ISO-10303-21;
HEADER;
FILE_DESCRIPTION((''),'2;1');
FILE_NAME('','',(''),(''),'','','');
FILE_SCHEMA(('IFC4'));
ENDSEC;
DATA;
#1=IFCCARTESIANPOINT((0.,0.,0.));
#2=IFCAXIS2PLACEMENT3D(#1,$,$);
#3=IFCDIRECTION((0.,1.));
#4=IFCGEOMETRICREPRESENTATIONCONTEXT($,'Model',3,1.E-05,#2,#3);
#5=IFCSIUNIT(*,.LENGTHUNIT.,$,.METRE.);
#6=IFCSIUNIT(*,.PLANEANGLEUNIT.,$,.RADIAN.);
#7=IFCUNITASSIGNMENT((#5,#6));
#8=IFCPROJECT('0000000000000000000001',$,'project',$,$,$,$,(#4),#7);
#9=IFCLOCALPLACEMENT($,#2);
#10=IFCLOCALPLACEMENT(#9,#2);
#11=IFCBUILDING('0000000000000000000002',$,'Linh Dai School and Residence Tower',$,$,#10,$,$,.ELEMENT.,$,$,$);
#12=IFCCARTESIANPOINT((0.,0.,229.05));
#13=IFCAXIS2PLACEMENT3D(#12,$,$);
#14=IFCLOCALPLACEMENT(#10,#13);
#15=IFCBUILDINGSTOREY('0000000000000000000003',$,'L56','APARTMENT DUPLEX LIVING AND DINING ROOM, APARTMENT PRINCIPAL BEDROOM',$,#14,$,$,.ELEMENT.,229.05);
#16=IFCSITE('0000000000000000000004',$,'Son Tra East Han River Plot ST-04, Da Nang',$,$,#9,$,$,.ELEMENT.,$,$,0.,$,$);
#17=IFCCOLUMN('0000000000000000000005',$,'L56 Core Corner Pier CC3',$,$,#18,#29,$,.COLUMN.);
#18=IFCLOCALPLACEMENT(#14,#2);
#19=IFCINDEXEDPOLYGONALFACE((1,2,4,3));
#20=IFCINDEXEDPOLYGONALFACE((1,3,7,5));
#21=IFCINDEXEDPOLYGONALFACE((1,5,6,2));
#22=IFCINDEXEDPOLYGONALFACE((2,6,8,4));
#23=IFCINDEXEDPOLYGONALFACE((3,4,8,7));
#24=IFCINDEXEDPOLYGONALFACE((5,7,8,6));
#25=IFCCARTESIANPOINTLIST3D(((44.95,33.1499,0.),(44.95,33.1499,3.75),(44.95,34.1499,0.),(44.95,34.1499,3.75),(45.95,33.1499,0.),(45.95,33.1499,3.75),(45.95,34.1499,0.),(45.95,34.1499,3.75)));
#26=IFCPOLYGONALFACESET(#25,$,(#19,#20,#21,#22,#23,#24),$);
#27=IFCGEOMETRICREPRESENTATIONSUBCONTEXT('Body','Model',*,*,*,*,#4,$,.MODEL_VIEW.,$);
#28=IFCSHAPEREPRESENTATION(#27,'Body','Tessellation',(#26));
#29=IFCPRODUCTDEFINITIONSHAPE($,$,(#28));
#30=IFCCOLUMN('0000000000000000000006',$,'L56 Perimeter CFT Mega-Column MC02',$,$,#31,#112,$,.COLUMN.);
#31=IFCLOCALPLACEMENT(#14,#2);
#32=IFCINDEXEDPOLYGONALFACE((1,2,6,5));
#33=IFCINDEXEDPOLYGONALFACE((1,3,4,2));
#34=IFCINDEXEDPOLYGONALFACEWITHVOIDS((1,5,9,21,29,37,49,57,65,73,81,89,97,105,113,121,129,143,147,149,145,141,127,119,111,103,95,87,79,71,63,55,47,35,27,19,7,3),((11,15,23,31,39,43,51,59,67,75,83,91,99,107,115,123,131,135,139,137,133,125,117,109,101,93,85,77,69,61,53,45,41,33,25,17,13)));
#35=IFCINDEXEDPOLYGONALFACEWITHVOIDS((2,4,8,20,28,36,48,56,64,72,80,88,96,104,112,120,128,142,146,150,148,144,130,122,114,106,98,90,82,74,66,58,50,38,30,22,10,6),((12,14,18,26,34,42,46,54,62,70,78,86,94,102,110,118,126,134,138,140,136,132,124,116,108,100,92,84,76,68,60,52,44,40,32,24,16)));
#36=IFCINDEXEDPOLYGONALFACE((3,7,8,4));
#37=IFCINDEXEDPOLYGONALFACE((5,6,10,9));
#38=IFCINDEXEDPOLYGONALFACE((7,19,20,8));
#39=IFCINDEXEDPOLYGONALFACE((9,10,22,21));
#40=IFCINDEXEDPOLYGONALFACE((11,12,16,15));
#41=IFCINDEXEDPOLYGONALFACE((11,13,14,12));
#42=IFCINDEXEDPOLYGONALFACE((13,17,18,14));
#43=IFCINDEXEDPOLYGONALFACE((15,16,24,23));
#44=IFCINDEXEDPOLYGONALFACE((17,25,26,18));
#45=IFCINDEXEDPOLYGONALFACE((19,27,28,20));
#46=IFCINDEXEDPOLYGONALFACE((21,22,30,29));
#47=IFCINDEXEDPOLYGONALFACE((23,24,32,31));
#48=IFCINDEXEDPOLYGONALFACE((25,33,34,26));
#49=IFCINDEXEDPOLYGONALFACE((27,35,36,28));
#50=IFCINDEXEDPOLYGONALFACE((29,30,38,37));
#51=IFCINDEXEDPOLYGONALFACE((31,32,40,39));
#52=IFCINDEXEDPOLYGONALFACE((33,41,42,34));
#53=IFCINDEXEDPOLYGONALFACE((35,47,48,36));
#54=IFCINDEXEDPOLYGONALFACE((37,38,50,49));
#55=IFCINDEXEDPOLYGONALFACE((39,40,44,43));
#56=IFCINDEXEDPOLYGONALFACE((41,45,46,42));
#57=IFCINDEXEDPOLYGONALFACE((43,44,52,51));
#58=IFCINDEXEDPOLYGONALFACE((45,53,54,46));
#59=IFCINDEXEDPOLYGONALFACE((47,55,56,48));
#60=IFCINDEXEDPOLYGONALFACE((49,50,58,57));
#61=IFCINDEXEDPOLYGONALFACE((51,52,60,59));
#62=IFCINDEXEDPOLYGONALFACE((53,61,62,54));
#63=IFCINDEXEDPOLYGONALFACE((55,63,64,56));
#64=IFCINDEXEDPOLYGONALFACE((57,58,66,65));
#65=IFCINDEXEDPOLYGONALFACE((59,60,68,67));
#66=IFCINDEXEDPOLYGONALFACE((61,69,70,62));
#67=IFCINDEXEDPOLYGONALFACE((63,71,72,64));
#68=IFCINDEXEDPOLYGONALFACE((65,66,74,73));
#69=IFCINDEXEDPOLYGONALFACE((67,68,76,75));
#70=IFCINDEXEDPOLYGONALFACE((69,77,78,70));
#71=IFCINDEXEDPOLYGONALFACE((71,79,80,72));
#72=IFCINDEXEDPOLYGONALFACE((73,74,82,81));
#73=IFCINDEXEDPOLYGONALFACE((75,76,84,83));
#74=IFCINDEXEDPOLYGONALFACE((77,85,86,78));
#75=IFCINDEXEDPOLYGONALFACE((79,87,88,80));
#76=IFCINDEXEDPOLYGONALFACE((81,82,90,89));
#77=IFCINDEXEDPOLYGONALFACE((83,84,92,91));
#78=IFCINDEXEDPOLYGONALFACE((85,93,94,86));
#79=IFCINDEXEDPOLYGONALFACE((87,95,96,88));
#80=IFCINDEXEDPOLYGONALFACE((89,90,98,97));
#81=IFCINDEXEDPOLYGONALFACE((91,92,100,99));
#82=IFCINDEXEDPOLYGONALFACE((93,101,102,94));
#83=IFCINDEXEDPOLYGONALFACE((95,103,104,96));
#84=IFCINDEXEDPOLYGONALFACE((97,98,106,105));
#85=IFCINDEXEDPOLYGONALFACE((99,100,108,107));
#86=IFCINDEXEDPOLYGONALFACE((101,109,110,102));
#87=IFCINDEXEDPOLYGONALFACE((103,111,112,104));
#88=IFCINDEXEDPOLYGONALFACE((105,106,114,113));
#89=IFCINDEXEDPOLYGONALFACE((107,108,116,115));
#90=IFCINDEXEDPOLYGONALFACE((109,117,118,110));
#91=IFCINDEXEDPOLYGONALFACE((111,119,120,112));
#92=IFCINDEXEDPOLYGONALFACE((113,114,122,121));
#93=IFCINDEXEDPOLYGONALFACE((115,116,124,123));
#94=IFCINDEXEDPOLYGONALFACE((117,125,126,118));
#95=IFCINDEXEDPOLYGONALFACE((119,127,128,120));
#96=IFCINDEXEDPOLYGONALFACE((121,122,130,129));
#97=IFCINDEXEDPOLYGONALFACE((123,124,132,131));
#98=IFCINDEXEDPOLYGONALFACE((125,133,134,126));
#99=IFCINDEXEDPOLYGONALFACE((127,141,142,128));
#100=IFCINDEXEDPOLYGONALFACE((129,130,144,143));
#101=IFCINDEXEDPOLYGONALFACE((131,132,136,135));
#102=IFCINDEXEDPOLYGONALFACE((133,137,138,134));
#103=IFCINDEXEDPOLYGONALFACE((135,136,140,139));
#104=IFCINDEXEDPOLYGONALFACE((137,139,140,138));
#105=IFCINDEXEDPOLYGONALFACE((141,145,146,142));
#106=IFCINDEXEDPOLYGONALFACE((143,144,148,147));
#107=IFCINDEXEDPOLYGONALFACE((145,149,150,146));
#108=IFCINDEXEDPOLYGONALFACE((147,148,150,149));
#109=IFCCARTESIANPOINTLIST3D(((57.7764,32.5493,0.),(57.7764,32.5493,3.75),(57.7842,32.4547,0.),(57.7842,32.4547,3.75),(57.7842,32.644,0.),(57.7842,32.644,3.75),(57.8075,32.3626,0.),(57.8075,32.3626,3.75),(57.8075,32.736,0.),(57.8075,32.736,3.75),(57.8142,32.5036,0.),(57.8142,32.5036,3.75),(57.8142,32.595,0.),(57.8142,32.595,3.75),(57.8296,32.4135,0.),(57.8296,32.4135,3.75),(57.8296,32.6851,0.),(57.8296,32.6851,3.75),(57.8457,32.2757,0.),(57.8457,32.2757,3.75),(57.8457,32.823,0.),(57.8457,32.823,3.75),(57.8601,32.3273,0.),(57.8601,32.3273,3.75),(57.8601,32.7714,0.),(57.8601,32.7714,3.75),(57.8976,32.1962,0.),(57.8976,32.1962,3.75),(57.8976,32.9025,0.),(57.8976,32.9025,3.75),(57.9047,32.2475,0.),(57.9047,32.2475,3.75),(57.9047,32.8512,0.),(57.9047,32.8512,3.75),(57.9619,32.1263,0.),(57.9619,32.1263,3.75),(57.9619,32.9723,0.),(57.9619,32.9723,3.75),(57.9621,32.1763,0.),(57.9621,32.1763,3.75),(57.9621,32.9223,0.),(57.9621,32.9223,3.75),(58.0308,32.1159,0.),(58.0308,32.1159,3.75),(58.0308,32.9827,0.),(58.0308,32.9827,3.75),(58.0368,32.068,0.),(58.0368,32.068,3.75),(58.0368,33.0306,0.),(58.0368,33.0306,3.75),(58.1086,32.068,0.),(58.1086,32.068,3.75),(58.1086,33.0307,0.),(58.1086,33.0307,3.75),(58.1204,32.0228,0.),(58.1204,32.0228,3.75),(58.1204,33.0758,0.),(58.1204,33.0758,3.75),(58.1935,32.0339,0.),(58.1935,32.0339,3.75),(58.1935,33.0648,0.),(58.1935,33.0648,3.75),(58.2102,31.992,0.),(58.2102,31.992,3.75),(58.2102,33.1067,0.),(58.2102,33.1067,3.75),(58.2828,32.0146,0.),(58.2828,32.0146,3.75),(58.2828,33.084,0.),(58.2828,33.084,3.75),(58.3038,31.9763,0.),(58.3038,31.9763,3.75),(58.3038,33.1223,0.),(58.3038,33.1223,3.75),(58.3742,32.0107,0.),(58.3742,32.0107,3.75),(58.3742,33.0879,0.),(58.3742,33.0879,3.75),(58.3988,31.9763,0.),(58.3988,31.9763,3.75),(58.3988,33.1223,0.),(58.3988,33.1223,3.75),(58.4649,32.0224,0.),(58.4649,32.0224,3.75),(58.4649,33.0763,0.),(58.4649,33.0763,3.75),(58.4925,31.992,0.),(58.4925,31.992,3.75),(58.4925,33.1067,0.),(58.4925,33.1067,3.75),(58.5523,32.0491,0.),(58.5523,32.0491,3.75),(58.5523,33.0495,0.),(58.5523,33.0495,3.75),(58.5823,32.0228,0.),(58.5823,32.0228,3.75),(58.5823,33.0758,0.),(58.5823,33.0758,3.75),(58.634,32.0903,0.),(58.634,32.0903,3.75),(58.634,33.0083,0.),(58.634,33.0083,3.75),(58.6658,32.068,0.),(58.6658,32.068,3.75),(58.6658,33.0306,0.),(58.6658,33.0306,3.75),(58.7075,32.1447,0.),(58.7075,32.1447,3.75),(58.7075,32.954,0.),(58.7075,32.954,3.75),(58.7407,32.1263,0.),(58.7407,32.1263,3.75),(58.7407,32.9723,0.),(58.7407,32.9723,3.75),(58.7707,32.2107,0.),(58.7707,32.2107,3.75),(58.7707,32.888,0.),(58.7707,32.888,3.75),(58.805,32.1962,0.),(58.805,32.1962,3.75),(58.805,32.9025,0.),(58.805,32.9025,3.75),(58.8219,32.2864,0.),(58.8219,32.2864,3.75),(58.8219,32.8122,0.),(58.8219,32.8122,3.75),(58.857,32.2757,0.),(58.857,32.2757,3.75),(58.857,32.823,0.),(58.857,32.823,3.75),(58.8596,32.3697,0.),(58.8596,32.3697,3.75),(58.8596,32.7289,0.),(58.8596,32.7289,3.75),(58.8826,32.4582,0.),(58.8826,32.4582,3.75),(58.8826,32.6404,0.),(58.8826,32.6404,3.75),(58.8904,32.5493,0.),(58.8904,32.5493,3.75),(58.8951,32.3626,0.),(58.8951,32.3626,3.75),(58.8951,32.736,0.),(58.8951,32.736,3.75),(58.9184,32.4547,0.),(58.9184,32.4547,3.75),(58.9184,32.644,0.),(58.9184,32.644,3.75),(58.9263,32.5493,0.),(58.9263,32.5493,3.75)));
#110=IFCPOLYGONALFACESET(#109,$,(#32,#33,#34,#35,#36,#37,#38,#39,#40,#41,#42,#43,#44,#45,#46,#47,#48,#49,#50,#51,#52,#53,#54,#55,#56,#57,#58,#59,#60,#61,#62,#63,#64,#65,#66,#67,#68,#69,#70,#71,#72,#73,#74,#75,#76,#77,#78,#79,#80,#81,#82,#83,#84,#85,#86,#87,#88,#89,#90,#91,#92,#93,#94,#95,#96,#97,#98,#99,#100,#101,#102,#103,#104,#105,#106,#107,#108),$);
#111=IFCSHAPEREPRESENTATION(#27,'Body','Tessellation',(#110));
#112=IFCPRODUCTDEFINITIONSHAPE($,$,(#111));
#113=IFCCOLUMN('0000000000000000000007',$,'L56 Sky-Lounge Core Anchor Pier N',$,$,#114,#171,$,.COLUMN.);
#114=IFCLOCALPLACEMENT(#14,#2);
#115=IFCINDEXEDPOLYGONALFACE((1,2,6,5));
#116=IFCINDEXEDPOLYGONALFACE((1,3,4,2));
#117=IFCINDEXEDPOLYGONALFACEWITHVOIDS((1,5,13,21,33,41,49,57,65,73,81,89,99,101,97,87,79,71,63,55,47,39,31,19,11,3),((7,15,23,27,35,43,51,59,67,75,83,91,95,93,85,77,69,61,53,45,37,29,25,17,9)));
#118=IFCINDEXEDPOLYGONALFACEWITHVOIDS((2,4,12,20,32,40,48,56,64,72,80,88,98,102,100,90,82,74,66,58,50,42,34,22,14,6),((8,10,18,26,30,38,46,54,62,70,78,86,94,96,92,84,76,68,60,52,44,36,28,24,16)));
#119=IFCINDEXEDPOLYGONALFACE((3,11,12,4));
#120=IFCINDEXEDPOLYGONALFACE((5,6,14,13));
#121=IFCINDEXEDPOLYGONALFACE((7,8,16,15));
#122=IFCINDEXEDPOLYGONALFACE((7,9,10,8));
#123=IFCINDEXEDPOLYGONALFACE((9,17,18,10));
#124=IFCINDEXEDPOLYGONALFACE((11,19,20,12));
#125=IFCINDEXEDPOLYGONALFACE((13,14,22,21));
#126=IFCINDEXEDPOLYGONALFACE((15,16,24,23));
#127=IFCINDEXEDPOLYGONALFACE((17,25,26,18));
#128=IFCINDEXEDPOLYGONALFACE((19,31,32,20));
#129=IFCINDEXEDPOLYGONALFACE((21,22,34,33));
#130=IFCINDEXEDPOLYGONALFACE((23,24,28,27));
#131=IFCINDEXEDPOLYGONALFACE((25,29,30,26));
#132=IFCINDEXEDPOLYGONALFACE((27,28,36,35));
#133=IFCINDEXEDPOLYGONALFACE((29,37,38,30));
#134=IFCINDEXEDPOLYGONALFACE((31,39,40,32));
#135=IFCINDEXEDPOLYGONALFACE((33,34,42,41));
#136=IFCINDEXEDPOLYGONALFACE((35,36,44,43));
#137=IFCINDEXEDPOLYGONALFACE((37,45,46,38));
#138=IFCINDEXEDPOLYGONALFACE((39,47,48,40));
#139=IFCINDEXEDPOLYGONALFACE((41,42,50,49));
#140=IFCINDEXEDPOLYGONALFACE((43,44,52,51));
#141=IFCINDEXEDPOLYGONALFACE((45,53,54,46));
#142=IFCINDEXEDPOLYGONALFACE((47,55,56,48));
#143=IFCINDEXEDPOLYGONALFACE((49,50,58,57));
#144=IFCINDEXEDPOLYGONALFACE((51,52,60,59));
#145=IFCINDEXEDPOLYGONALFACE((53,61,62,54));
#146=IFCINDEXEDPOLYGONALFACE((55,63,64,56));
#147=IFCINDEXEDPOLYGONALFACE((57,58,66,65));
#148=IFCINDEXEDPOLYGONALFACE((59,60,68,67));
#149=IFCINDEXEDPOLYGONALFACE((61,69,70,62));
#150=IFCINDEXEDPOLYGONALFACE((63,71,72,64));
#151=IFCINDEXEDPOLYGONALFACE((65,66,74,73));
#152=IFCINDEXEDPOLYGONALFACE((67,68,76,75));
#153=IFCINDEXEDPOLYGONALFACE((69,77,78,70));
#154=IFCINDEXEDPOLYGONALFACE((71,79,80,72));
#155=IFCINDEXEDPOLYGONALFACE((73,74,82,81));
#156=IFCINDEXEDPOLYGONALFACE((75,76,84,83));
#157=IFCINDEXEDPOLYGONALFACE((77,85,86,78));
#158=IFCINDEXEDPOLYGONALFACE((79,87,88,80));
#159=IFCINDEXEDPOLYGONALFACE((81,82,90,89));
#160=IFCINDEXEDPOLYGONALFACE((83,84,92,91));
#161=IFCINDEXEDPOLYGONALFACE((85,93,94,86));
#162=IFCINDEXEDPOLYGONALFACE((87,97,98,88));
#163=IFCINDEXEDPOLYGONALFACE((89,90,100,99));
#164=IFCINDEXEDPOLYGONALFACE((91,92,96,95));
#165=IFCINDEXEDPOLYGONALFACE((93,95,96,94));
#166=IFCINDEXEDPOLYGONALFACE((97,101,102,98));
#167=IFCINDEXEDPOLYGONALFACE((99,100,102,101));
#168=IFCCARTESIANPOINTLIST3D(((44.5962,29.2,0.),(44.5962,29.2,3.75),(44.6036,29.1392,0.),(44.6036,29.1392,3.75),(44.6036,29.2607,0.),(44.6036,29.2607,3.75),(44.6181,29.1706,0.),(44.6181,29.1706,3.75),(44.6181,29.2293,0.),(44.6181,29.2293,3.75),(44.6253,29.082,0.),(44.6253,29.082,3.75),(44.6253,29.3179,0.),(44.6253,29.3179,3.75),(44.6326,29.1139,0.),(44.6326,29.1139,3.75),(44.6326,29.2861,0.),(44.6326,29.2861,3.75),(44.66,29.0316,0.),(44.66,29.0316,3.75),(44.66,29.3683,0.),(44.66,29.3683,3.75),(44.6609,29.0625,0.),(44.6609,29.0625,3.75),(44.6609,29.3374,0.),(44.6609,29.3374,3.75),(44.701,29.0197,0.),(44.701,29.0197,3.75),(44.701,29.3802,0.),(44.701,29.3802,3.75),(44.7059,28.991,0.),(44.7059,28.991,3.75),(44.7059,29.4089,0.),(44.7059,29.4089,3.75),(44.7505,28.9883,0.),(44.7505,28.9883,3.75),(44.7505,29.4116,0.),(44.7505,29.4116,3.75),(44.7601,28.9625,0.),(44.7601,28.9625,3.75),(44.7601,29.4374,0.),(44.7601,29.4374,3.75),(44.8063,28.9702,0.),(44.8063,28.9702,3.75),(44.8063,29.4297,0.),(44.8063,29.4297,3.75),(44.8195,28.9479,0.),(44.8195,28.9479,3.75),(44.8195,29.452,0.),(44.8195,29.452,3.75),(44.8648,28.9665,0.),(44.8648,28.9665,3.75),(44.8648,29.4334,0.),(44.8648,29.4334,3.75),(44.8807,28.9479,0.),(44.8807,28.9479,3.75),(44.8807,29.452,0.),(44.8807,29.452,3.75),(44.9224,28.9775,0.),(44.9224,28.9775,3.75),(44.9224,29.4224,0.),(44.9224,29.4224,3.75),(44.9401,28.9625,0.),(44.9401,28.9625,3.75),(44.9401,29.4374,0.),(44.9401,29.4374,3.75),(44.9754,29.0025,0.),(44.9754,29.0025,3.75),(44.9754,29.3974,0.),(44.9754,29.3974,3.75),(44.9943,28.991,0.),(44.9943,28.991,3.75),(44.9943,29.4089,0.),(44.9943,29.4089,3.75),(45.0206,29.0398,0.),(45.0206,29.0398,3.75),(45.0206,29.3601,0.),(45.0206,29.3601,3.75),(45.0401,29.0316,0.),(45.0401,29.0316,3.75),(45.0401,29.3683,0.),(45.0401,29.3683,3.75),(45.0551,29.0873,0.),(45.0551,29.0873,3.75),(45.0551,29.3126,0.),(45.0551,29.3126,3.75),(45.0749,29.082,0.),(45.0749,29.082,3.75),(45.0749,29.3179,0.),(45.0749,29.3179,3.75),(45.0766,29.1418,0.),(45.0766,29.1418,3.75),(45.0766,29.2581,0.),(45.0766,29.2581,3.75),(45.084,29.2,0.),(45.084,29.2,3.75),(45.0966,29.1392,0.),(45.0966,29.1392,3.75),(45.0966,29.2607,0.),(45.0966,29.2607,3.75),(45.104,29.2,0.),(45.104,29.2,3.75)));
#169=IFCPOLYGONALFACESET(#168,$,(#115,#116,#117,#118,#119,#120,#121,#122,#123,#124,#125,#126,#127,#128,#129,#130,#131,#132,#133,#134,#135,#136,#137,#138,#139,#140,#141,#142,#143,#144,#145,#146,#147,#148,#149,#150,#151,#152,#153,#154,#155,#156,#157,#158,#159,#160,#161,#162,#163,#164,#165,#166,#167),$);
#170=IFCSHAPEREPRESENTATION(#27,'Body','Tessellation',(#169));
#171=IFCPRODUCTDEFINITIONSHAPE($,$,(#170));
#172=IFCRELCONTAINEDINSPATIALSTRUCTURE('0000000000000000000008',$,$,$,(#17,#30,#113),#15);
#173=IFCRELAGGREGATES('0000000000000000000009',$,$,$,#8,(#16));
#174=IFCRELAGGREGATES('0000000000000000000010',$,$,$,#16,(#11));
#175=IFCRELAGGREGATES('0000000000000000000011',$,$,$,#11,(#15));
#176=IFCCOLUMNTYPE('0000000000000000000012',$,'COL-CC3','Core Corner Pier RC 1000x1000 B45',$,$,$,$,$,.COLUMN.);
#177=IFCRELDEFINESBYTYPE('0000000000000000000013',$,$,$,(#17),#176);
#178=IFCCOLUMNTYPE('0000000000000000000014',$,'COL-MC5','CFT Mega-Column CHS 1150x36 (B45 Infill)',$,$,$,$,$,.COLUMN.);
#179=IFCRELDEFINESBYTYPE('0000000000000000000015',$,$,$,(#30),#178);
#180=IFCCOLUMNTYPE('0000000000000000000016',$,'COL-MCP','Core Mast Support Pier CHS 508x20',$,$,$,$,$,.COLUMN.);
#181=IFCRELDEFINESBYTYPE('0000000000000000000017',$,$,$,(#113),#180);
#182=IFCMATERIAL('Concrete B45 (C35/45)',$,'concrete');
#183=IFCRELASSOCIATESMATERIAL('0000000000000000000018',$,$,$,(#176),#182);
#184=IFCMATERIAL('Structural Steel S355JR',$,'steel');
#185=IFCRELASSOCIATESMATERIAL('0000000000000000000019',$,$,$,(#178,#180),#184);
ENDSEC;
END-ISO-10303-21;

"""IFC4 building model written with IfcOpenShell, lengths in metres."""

from ifc_helpers import new_model, si_unit, direction, frame, origin, origin_2d, place, context, subcontext, project, spatial, rectangle, hollow_circle, extrude, material, material_profile, profile_set, type_object, element, save


model = new_model("IFC4")

# Units and contexts
model_context = context("Model", 3, precision=1e-05, world=origin(), true_north=direction((0.0, 1.0)))
body_context = subcontext(model_context, "Body", "Model", "MODEL_VIEW")
ifc_project = project(units=[si_unit("LENGTHUNIT", "METRE"), si_unit("PLANEANGLEUNIT", "RADIAN")], contexts=[model_context])

# Site, building, storey
site_placement = place(None, origin())
site = spatial("IfcSite", under=ifc_project, at=site_placement, Name="Son Tra East Han River Plot ST-04, Da Nang", CompositionType="ELEMENT", RefElevation=0.0)
building_placement = place(site_placement, origin())
building = spatial("IfcBuilding", under=site, at=building_placement, Name="Linh Dai School and Residence Tower", CompositionType="ELEMENT")
storey_placement = place(building_placement, frame((0.0, 0.0, 229.05)))
storey = spatial("IfcBuildingStorey", under=building, at=storey_placement, Name="L56", Description="APARTMENT DUPLEX LIVING AND DINING ROOM, APARTMENT PRINCIPAL BEDROOM", CompositionType="ELEMENT", Elevation=229.05)

# Columns
ifc_material_1 = material(Name="Concrete B45 (C35/45)", Category="concrete")
ifc_material_profile_1 = material_profile(ifc_material_1, rectangle(XDim=1.0, YDim=1.0, at=origin_2d()), Name="RC 1000x1000")
ifc_profile_set_1 = profile_set([ifc_material_profile_1], Name="Concrete B45 (C35/45)")
column_type_1 = type_object("IfcColumnType", Name="COL-CC3", Description="Core Corner Pier RC 1000x1000 B45", PredefinedType="COLUMN", material=ifc_profile_set_1)
column_1_placement = place(storey_placement, frame((45.45, 33.6499, 0.0), z_axis=(0.0, 0.0, 1.0), x_axis=(1.0, 0.0, 0.0)))
element("IfcColumn", 1, at=column_1_placement, inside=storey, type_object=column_type_1, Name="L56 Core Corner Pier CC3", PredefinedType="COLUMN", context=body_context, shape_type="SweptSolid", body=[
    extrude(rectangle(XDim=1.0, YDim=1.0, at=origin_2d()), origin(), (0.0, 0.0, 1.0), 3.75),
])
ifc_material_2 = material(Name="Structural Steel S355JR", Category="steel")
ifc_material_profile_2 = material_profile(ifc_material_2, hollow_circle(Radius=0.575, WallThickness=0.0359, at=origin_2d()), Name="CHS 1150x36")
ifc_profile_set_2 = profile_set([ifc_material_profile_2], Name="Structural Steel S355JR")
column_type_2 = type_object("IfcColumnType", Name="COL-MC5", Description="CFT Mega-Column CHS 1150x36 (B45 Infill)", PredefinedType="COLUMN", material=ifc_profile_set_2)
column_2_placement = place(storey_placement, frame((58.3513, 32.5493, 0.0), z_axis=(0.0, 0.0, 1.0), x_axis=(1.0, 0.0, 0.0)))
element("IfcColumn", 2, at=column_2_placement, inside=storey, type_object=column_type_2, Name="L56 Perimeter CFT Mega-Column MC02", PredefinedType="COLUMN", context=body_context, shape_type="SweptSolid", body=[
    extrude(hollow_circle(Radius=0.575, WallThickness=0.0359, at=origin_2d()), origin(), (0.0, 0.0, 1.0), 3.75),
])
ifc_material_profile_3 = material_profile(ifc_material_2, hollow_circle(Radius=0.2539, WallThickness=0.02, at=origin_2d()), Name="CHS 508x20")
ifc_profile_set_3 = profile_set([ifc_material_profile_3], Name="Structural Steel S355JR")
column_type_3 = type_object("IfcColumnType", Name="COL-MCP", Description="Core Mast Support Pier CHS 508x20", PredefinedType="COLUMN", material=ifc_profile_set_3)
column_3_placement = place(storey_placement, frame((44.8501, 29.2, 0.0), z_axis=(0.0, 0.0, 1.0), x_axis=(1.0, 0.0, 0.0)))
element("IfcColumn", 3, at=column_3_placement, inside=storey, type_object=column_type_3, Name="L56 Sky-Lounge Core Anchor Pier N", PredefinedType="COLUMN", context=body_context, shape_type="SweptSolid", body=[
    extrude(hollow_circle(Radius=0.2539, WallThickness=0.02, at=origin_2d()), origin(), (0.0, 0.0, 1.0), 3.75),
])

save(model, "model.ifc")
